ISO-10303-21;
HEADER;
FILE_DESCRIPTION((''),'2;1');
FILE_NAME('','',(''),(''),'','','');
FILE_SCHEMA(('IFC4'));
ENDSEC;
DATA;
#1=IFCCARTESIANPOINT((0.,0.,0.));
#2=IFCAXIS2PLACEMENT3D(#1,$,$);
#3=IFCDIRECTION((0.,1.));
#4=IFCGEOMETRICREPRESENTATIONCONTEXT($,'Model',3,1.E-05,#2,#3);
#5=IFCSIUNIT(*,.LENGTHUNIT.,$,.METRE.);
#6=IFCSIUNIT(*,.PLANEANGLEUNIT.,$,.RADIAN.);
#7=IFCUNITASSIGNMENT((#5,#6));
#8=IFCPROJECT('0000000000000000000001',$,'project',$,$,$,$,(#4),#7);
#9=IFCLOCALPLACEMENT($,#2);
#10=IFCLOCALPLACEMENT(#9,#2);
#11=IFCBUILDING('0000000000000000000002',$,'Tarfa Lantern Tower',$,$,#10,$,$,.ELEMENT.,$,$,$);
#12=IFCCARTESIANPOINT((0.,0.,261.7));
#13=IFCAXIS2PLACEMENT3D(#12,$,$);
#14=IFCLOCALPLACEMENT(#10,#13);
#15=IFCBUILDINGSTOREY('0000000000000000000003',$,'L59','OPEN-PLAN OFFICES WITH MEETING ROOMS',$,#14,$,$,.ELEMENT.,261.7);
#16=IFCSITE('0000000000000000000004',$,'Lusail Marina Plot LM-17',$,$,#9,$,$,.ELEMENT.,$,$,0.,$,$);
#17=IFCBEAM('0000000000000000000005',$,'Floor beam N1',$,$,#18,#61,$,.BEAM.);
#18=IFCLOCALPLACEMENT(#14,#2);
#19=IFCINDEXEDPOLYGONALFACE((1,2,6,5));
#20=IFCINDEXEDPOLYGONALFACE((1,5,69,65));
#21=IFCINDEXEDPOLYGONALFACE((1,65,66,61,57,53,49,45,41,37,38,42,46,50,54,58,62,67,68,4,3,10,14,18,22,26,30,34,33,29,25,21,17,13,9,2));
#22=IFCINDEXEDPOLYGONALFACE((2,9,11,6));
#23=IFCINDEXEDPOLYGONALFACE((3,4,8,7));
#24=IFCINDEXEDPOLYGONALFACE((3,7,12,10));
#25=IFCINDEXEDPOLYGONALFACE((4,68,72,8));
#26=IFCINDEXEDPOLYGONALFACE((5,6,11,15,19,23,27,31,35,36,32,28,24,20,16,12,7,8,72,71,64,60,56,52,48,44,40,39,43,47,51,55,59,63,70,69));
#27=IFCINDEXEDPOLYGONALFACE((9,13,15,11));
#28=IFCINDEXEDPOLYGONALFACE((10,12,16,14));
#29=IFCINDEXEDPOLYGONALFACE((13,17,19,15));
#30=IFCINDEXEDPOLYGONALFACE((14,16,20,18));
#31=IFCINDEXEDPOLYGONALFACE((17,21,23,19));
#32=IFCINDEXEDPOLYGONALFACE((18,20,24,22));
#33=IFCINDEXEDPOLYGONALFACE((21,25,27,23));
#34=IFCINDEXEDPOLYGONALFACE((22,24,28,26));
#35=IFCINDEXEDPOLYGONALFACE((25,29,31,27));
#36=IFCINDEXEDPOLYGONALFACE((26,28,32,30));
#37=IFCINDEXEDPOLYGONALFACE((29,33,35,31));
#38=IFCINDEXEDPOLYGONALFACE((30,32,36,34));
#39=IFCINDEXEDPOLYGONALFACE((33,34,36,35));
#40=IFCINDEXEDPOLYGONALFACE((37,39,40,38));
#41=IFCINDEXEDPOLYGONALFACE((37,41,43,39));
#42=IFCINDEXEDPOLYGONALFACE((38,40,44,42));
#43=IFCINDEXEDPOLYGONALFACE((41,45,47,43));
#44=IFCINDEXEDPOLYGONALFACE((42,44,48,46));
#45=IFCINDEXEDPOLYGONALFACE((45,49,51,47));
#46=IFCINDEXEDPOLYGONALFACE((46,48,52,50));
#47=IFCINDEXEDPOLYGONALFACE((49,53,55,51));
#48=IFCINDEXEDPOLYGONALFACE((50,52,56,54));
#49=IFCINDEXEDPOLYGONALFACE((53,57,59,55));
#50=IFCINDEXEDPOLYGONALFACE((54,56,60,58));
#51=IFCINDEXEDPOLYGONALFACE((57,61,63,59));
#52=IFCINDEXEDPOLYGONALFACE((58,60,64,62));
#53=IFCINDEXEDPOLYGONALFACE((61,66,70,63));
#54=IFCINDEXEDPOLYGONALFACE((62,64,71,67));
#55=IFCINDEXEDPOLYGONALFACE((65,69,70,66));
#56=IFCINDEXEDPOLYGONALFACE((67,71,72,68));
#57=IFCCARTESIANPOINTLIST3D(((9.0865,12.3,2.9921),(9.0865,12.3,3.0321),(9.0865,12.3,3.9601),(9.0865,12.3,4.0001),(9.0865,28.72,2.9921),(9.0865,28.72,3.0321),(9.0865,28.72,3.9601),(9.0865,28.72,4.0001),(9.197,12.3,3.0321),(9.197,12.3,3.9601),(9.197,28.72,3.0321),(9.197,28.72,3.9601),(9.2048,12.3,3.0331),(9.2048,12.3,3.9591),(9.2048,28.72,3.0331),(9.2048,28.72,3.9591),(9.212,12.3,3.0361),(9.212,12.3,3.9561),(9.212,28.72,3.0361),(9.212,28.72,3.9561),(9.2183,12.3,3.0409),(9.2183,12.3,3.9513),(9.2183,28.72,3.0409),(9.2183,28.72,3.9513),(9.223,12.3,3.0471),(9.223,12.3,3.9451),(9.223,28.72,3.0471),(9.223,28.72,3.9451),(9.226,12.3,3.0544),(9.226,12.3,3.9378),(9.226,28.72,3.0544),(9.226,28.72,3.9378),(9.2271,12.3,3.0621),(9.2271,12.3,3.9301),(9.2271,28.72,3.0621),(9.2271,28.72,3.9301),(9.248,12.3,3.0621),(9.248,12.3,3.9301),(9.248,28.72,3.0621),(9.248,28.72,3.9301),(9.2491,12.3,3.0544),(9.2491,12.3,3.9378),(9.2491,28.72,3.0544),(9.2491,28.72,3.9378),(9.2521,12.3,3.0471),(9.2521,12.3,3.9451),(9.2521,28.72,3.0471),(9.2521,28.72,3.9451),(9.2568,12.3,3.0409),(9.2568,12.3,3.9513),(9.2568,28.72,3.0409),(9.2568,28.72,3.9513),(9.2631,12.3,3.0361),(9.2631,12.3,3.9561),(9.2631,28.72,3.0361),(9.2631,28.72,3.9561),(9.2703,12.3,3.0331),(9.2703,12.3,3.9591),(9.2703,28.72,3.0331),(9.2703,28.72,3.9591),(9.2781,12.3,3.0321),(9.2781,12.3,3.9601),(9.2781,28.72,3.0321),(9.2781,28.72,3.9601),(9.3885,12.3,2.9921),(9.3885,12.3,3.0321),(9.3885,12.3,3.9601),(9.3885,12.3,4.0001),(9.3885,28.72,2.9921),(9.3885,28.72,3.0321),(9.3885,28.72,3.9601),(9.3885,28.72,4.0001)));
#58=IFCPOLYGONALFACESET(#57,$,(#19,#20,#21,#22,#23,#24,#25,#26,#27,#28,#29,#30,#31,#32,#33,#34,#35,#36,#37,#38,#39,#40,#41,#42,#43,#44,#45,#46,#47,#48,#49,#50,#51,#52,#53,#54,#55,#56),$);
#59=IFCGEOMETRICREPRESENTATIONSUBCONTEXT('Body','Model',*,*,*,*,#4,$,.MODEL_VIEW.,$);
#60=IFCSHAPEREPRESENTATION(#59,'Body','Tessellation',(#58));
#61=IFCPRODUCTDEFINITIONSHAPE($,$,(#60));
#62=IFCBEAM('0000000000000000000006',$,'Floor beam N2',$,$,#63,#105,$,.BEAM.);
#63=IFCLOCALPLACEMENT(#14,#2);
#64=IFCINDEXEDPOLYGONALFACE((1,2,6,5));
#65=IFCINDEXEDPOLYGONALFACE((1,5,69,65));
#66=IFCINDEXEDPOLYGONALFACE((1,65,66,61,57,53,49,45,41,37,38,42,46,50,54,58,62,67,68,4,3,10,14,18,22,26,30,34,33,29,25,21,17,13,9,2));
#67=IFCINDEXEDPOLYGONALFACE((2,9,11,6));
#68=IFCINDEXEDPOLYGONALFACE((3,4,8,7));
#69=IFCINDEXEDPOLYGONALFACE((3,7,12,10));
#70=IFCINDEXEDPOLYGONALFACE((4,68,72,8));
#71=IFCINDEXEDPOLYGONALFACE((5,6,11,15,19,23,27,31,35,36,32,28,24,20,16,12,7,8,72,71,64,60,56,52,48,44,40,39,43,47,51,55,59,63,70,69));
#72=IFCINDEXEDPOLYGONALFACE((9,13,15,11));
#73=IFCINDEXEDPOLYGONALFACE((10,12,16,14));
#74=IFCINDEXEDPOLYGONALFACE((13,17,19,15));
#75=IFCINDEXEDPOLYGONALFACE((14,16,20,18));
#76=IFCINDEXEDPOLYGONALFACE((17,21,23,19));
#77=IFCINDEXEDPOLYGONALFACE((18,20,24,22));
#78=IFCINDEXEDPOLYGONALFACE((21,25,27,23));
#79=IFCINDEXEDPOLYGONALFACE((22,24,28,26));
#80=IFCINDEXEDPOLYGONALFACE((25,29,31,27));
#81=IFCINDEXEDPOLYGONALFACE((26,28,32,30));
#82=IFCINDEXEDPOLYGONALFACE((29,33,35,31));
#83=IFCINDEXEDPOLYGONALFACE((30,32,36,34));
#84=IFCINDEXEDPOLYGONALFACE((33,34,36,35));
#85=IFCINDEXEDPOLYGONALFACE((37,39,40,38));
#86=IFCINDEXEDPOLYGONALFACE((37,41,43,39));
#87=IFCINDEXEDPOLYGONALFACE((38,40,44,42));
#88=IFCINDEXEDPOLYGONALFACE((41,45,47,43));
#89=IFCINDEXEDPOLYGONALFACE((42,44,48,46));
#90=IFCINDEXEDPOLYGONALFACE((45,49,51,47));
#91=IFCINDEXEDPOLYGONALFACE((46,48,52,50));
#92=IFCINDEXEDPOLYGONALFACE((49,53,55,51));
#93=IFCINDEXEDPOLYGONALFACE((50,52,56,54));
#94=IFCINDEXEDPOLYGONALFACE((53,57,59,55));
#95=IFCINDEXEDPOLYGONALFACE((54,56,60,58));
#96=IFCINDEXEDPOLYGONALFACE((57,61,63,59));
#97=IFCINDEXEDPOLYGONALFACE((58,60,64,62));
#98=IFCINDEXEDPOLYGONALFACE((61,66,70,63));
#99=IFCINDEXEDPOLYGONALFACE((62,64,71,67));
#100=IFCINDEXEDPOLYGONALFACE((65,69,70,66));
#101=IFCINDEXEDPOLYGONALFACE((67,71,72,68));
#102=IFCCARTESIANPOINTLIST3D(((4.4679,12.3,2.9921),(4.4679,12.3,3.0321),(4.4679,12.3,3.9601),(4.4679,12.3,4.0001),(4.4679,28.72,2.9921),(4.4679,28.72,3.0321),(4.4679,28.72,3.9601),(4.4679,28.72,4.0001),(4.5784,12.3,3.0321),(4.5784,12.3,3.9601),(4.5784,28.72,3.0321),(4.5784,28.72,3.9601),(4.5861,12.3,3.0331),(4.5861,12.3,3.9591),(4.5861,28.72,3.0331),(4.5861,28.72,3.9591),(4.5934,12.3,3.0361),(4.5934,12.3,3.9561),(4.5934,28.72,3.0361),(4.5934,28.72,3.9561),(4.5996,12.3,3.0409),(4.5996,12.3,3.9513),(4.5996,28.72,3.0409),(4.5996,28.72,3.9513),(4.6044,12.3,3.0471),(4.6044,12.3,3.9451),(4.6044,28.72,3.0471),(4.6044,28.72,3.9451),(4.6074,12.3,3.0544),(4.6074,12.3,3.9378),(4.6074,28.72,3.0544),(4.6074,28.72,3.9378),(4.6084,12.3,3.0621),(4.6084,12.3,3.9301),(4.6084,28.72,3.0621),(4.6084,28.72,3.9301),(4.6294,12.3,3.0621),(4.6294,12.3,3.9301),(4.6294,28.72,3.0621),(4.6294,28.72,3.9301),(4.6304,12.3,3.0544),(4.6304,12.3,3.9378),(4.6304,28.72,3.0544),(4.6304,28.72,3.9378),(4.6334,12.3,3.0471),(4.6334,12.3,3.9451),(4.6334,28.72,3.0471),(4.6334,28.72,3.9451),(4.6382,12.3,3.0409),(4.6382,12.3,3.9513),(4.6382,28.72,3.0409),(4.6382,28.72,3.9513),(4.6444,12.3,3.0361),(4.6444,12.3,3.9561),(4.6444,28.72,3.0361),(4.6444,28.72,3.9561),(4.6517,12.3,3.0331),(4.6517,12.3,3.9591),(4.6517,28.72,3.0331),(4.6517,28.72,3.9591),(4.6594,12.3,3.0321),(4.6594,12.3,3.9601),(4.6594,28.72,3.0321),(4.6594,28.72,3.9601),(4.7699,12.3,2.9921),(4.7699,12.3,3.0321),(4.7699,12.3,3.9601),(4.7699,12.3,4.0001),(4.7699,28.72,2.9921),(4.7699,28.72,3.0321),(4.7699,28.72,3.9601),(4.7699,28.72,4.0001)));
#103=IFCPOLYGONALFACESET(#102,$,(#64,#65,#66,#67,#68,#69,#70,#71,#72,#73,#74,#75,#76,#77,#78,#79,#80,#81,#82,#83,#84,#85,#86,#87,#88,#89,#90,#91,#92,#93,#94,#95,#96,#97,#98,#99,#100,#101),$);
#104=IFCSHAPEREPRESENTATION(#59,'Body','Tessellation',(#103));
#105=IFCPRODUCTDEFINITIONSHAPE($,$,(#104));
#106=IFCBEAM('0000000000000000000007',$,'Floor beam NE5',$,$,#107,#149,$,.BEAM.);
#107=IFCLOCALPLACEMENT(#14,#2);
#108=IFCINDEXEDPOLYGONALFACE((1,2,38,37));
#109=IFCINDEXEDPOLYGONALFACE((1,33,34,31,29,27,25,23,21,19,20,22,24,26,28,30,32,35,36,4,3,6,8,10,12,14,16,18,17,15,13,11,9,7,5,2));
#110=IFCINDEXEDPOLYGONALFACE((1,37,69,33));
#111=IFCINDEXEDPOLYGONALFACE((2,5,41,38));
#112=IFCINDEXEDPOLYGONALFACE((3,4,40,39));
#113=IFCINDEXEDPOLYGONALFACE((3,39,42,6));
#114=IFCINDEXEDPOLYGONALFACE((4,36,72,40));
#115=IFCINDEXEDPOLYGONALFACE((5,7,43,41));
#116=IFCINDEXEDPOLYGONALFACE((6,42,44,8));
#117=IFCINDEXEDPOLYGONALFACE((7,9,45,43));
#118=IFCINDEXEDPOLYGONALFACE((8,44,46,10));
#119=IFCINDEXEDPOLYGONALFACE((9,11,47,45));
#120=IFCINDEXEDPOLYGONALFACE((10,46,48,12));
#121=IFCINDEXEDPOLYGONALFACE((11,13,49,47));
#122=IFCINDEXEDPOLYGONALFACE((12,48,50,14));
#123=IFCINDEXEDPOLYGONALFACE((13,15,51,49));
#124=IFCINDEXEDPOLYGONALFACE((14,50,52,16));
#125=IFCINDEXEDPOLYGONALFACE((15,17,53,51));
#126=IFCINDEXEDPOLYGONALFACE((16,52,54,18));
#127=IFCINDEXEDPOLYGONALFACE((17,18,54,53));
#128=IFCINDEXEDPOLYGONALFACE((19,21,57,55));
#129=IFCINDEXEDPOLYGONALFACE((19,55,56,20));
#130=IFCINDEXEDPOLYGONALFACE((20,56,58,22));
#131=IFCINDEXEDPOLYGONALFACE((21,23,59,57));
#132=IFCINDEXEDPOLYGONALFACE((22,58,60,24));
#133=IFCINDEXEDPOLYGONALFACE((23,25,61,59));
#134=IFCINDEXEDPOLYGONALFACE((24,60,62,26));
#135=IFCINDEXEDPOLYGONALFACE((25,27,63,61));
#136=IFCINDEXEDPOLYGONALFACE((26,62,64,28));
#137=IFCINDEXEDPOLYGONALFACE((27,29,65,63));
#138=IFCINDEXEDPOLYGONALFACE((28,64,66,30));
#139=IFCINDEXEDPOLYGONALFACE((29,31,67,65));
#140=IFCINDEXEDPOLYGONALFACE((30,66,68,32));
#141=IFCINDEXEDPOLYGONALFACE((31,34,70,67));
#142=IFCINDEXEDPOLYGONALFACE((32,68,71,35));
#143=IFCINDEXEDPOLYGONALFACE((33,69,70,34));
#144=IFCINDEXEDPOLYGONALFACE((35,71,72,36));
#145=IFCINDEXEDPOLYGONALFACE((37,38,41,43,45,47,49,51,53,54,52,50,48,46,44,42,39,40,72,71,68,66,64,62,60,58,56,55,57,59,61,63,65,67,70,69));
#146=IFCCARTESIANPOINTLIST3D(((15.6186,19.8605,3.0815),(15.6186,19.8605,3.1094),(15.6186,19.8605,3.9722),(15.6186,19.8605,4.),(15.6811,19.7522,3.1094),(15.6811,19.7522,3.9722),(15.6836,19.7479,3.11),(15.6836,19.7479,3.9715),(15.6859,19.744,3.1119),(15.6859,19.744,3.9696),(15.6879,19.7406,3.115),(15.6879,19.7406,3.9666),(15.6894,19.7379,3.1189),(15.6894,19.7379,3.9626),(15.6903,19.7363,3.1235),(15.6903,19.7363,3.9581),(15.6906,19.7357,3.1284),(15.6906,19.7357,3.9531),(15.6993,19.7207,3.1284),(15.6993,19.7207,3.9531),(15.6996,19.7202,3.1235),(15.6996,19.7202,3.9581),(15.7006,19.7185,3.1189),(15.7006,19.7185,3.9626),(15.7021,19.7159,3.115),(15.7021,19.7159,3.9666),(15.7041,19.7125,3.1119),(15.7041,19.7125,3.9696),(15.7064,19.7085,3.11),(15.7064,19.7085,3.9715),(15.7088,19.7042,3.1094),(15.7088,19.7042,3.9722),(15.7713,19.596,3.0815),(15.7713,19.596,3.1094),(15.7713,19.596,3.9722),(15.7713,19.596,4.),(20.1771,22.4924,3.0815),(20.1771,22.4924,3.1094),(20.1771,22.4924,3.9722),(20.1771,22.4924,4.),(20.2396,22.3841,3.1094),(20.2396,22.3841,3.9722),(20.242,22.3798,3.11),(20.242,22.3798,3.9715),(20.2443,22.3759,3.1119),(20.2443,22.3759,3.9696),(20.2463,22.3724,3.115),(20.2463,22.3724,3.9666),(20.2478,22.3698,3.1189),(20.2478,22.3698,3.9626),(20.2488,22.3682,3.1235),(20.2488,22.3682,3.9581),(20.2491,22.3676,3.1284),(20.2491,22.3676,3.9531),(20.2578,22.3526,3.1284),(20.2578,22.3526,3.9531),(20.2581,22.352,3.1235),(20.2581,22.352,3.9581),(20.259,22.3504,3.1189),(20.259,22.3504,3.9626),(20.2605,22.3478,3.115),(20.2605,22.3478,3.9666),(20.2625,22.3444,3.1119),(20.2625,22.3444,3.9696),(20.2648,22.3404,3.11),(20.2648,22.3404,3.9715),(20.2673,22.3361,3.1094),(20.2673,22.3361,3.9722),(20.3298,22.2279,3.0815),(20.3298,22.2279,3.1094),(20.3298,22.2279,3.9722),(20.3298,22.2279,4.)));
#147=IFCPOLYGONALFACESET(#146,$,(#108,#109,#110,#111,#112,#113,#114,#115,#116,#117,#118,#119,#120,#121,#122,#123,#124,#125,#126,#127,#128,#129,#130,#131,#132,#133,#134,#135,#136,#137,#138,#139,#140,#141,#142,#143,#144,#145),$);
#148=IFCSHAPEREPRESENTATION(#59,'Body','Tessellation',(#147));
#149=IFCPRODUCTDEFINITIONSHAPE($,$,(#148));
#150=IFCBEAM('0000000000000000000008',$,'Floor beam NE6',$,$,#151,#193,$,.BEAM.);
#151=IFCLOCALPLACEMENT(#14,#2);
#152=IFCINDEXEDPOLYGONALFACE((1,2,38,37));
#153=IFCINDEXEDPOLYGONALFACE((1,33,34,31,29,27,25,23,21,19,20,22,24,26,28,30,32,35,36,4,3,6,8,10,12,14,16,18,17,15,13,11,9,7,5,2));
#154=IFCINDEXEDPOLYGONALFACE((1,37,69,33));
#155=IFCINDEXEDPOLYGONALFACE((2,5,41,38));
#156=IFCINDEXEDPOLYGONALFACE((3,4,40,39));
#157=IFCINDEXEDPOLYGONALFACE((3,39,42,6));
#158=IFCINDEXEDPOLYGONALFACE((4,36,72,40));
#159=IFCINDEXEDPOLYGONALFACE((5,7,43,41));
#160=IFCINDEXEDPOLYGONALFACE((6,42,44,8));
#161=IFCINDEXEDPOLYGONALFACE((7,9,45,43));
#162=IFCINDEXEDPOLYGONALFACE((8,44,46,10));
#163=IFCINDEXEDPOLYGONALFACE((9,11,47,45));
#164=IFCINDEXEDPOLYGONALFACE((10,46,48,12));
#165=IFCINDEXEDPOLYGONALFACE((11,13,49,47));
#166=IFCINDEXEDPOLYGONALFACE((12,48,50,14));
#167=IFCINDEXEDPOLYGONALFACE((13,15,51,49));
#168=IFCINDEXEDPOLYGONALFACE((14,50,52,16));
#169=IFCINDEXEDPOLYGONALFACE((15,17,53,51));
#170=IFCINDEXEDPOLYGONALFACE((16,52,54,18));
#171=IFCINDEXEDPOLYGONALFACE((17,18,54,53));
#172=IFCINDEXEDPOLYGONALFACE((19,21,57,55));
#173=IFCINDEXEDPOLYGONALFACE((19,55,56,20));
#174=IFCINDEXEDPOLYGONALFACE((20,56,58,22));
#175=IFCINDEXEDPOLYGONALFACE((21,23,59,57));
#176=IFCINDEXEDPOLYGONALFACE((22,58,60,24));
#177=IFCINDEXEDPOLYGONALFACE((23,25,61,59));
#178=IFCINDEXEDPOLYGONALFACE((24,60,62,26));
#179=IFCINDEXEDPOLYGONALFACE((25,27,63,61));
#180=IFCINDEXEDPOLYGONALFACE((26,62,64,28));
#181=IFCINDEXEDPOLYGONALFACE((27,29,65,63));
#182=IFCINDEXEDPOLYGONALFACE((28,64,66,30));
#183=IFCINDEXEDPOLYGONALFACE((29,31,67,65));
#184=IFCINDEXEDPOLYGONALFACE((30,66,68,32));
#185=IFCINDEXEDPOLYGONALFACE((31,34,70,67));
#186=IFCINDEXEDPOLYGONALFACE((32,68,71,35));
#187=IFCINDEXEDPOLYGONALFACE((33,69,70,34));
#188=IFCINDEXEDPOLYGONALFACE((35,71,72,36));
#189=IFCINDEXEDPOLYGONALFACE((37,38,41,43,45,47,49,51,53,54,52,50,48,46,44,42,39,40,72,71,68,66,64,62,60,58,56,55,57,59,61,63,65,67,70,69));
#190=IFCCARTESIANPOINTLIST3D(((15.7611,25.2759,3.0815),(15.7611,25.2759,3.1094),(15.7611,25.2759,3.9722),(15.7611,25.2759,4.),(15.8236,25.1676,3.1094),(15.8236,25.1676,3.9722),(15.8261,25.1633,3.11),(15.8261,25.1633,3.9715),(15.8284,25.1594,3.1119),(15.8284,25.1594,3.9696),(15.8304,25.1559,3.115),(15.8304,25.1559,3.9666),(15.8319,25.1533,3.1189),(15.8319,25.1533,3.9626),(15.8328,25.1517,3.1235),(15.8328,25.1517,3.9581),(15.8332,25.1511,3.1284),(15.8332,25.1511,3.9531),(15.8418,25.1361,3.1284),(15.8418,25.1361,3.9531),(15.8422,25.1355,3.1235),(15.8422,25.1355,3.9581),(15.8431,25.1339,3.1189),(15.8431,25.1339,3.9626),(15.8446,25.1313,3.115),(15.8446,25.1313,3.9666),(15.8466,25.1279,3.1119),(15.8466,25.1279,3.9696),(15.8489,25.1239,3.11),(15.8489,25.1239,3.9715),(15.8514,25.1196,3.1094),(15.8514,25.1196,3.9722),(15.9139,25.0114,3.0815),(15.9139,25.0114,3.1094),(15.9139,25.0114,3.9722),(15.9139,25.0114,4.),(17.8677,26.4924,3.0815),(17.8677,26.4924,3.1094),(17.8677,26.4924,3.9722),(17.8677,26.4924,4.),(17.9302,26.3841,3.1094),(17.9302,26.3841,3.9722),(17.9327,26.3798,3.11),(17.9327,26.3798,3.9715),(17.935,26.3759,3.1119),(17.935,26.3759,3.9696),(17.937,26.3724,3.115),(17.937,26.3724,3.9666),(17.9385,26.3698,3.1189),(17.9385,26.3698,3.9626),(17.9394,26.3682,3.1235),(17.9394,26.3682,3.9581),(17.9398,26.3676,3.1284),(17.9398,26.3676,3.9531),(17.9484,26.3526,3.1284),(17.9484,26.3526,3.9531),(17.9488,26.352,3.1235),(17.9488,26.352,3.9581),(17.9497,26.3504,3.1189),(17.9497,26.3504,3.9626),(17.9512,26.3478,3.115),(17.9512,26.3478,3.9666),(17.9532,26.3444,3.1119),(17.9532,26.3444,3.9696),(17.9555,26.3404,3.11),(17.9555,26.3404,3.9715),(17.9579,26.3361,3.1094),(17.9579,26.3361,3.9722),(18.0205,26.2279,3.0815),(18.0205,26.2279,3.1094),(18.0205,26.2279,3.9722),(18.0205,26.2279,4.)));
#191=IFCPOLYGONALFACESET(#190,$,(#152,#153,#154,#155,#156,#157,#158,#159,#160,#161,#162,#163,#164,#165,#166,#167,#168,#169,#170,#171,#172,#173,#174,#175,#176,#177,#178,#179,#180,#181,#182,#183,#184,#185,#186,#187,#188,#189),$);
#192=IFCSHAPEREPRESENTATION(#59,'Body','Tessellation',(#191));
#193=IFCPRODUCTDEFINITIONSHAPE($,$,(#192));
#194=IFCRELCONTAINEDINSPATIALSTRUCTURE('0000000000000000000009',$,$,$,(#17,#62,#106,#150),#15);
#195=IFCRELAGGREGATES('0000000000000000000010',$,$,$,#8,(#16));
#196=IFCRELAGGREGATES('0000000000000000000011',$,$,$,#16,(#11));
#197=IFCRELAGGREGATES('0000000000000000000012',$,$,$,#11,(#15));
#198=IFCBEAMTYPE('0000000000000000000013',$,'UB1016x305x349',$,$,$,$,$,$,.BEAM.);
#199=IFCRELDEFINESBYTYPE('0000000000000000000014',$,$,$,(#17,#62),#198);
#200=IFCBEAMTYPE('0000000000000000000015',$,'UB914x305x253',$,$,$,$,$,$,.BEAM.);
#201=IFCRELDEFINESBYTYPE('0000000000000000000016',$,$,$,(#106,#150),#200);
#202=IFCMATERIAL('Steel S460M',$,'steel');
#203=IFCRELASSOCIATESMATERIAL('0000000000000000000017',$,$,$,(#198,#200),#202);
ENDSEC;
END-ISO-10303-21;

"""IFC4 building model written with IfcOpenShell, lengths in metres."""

from ifc_helpers import new_model, si_unit, direction, frame, origin, origin_2d, place, context, subcontext, project, spatial, i_section, extrude, material, material_profile, profile_set, type_object, element, save


model = new_model("IFC4")

# Units and contexts
model_context = context("Model", 3, precision=1e-05, world=origin(), true_north=direction((0.0, 1.0)))
body_context = subcontext(model_context, "Body", "Model", "MODEL_VIEW")
ifc_project = project(units=[si_unit("LENGTHUNIT", "METRE"), si_unit("PLANEANGLEUNIT", "RADIAN")], contexts=[model_context])

# Site, building, storey
site_placement = place(None, origin())
site = spatial("IfcSite", under=ifc_project, at=site_placement, Name="Lusail Marina Plot LM-17", CompositionType="ELEMENT", RefElevation=0.0)
building_placement = place(site_placement, origin())
building = spatial("IfcBuilding", under=site, at=building_placement, Name="Tarfa Lantern Tower", CompositionType="ELEMENT")
storey_placement = place(building_placement, frame((0.0, 0.0, 261.7)))
storey = spatial("IfcBuildingStorey", under=building, at=storey_placement, Name="L59", Description="OPEN-PLAN OFFICES WITH MEETING ROOMS", CompositionType="ELEMENT", Elevation=261.7)

# Beams
ifc_material_1 = material(Name="Steel S460M", Category="steel")
ifc_material_profile_1 = material_profile(ifc_material_1, i_section(OverallWidth=0.302, OverallDepth=1.0081, WebThickness=0.021, FlangeThickness=0.04, FilletRadius=0.03, at=origin_2d()), Name="UB1016x305x349")
ifc_profile_set_1 = profile_set([ifc_material_profile_1], Name="Steel S460M")
beam_type_1 = type_object("IfcBeamType", Name="UB1016x305x349", PredefinedType="BEAM", material=ifc_profile_set_1)
for number, where, z_axis, x_axis, name in (
    (1, (9.2375, 28.72, 3.4961), (0.0, -1.0, 0.0), (1.0, 0.0, 0.0), "Floor beam N1"),
    (2, (4.6189, 28.72, 3.4961), (0.0, -1.0, 0.0), (1.0, 0.0, 0.0), "Floor beam N2"),
):
    element("IfcBeam", number, at=place(storey_placement, frame(where, z_axis=z_axis, x_axis=x_axis)), inside=storey, type_object=beam_type_1, Name=name, PredefinedType="BEAM", context=body_context, shape_type="SweptSolid", body=[
        extrude(i_section(OverallWidth=0.302, OverallDepth=1.0081, WebThickness=0.021, FlangeThickness=0.04, FilletRadius=0.03, at=origin_2d()), origin(), (0.0, 0.0, 1.0), 16.4199),
    ])
ifc_material_profile_2 = material_profile(ifc_material_1, i_section(OverallWidth=0.3054, OverallDepth=0.9185, WebThickness=0.0173, FlangeThickness=0.0278, FilletRadius=0.019, at=origin_2d()), Name="UB914x305x253")
ifc_profile_set_2 = profile_set([ifc_material_profile_2], Name="Steel S460M")
beam_type_2 = type_object("IfcBeamType", Name="UB914x305x253", PredefinedType="BEAM", material=ifc_profile_set_2)
beam_1_placement = place(storey_placement, frame((20.2534, 22.3601, 3.5408), z_axis=(-0.86602, -0.50001, 0.0), x_axis=(0.50001, -0.86602, 0.0)))
element("IfcBeam", 3, at=beam_1_placement, inside=storey, type_object=beam_type_2, Name="Floor beam NE5", PredefinedType="BEAM", context=body_context, shape_type="SweptSolid", body=[
    extrude(i_section(OverallWidth=0.3054, OverallDepth=0.9185, WebThickness=0.0173, FlangeThickness=0.0278, FilletRadius=0.019, at=origin_2d()), origin(), (0.0, 0.0, 1.0), 5.2637),
])
beam_2_placement = place(storey_placement, frame((17.9441, 26.3601, 3.5408), z_axis=(-0.86598, -0.500079, 0.0), x_axis=(0.500079, -0.86598, 0.0)))
element("IfcBeam", 4, at=beam_2_placement, inside=storey, type_object=beam_type_2, Name="Floor beam NE6", PredefinedType="BEAM", context=body_context, shape_type="SweptSolid", body=[
    extrude(i_section(OverallWidth=0.3054, OverallDepth=0.9185, WebThickness=0.0173, FlangeThickness=0.0278, FilletRadius=0.019, at=origin_2d()), origin(), (0.0, 0.0, 1.0), 2.4326),
])

save(model, "model.ifc")
